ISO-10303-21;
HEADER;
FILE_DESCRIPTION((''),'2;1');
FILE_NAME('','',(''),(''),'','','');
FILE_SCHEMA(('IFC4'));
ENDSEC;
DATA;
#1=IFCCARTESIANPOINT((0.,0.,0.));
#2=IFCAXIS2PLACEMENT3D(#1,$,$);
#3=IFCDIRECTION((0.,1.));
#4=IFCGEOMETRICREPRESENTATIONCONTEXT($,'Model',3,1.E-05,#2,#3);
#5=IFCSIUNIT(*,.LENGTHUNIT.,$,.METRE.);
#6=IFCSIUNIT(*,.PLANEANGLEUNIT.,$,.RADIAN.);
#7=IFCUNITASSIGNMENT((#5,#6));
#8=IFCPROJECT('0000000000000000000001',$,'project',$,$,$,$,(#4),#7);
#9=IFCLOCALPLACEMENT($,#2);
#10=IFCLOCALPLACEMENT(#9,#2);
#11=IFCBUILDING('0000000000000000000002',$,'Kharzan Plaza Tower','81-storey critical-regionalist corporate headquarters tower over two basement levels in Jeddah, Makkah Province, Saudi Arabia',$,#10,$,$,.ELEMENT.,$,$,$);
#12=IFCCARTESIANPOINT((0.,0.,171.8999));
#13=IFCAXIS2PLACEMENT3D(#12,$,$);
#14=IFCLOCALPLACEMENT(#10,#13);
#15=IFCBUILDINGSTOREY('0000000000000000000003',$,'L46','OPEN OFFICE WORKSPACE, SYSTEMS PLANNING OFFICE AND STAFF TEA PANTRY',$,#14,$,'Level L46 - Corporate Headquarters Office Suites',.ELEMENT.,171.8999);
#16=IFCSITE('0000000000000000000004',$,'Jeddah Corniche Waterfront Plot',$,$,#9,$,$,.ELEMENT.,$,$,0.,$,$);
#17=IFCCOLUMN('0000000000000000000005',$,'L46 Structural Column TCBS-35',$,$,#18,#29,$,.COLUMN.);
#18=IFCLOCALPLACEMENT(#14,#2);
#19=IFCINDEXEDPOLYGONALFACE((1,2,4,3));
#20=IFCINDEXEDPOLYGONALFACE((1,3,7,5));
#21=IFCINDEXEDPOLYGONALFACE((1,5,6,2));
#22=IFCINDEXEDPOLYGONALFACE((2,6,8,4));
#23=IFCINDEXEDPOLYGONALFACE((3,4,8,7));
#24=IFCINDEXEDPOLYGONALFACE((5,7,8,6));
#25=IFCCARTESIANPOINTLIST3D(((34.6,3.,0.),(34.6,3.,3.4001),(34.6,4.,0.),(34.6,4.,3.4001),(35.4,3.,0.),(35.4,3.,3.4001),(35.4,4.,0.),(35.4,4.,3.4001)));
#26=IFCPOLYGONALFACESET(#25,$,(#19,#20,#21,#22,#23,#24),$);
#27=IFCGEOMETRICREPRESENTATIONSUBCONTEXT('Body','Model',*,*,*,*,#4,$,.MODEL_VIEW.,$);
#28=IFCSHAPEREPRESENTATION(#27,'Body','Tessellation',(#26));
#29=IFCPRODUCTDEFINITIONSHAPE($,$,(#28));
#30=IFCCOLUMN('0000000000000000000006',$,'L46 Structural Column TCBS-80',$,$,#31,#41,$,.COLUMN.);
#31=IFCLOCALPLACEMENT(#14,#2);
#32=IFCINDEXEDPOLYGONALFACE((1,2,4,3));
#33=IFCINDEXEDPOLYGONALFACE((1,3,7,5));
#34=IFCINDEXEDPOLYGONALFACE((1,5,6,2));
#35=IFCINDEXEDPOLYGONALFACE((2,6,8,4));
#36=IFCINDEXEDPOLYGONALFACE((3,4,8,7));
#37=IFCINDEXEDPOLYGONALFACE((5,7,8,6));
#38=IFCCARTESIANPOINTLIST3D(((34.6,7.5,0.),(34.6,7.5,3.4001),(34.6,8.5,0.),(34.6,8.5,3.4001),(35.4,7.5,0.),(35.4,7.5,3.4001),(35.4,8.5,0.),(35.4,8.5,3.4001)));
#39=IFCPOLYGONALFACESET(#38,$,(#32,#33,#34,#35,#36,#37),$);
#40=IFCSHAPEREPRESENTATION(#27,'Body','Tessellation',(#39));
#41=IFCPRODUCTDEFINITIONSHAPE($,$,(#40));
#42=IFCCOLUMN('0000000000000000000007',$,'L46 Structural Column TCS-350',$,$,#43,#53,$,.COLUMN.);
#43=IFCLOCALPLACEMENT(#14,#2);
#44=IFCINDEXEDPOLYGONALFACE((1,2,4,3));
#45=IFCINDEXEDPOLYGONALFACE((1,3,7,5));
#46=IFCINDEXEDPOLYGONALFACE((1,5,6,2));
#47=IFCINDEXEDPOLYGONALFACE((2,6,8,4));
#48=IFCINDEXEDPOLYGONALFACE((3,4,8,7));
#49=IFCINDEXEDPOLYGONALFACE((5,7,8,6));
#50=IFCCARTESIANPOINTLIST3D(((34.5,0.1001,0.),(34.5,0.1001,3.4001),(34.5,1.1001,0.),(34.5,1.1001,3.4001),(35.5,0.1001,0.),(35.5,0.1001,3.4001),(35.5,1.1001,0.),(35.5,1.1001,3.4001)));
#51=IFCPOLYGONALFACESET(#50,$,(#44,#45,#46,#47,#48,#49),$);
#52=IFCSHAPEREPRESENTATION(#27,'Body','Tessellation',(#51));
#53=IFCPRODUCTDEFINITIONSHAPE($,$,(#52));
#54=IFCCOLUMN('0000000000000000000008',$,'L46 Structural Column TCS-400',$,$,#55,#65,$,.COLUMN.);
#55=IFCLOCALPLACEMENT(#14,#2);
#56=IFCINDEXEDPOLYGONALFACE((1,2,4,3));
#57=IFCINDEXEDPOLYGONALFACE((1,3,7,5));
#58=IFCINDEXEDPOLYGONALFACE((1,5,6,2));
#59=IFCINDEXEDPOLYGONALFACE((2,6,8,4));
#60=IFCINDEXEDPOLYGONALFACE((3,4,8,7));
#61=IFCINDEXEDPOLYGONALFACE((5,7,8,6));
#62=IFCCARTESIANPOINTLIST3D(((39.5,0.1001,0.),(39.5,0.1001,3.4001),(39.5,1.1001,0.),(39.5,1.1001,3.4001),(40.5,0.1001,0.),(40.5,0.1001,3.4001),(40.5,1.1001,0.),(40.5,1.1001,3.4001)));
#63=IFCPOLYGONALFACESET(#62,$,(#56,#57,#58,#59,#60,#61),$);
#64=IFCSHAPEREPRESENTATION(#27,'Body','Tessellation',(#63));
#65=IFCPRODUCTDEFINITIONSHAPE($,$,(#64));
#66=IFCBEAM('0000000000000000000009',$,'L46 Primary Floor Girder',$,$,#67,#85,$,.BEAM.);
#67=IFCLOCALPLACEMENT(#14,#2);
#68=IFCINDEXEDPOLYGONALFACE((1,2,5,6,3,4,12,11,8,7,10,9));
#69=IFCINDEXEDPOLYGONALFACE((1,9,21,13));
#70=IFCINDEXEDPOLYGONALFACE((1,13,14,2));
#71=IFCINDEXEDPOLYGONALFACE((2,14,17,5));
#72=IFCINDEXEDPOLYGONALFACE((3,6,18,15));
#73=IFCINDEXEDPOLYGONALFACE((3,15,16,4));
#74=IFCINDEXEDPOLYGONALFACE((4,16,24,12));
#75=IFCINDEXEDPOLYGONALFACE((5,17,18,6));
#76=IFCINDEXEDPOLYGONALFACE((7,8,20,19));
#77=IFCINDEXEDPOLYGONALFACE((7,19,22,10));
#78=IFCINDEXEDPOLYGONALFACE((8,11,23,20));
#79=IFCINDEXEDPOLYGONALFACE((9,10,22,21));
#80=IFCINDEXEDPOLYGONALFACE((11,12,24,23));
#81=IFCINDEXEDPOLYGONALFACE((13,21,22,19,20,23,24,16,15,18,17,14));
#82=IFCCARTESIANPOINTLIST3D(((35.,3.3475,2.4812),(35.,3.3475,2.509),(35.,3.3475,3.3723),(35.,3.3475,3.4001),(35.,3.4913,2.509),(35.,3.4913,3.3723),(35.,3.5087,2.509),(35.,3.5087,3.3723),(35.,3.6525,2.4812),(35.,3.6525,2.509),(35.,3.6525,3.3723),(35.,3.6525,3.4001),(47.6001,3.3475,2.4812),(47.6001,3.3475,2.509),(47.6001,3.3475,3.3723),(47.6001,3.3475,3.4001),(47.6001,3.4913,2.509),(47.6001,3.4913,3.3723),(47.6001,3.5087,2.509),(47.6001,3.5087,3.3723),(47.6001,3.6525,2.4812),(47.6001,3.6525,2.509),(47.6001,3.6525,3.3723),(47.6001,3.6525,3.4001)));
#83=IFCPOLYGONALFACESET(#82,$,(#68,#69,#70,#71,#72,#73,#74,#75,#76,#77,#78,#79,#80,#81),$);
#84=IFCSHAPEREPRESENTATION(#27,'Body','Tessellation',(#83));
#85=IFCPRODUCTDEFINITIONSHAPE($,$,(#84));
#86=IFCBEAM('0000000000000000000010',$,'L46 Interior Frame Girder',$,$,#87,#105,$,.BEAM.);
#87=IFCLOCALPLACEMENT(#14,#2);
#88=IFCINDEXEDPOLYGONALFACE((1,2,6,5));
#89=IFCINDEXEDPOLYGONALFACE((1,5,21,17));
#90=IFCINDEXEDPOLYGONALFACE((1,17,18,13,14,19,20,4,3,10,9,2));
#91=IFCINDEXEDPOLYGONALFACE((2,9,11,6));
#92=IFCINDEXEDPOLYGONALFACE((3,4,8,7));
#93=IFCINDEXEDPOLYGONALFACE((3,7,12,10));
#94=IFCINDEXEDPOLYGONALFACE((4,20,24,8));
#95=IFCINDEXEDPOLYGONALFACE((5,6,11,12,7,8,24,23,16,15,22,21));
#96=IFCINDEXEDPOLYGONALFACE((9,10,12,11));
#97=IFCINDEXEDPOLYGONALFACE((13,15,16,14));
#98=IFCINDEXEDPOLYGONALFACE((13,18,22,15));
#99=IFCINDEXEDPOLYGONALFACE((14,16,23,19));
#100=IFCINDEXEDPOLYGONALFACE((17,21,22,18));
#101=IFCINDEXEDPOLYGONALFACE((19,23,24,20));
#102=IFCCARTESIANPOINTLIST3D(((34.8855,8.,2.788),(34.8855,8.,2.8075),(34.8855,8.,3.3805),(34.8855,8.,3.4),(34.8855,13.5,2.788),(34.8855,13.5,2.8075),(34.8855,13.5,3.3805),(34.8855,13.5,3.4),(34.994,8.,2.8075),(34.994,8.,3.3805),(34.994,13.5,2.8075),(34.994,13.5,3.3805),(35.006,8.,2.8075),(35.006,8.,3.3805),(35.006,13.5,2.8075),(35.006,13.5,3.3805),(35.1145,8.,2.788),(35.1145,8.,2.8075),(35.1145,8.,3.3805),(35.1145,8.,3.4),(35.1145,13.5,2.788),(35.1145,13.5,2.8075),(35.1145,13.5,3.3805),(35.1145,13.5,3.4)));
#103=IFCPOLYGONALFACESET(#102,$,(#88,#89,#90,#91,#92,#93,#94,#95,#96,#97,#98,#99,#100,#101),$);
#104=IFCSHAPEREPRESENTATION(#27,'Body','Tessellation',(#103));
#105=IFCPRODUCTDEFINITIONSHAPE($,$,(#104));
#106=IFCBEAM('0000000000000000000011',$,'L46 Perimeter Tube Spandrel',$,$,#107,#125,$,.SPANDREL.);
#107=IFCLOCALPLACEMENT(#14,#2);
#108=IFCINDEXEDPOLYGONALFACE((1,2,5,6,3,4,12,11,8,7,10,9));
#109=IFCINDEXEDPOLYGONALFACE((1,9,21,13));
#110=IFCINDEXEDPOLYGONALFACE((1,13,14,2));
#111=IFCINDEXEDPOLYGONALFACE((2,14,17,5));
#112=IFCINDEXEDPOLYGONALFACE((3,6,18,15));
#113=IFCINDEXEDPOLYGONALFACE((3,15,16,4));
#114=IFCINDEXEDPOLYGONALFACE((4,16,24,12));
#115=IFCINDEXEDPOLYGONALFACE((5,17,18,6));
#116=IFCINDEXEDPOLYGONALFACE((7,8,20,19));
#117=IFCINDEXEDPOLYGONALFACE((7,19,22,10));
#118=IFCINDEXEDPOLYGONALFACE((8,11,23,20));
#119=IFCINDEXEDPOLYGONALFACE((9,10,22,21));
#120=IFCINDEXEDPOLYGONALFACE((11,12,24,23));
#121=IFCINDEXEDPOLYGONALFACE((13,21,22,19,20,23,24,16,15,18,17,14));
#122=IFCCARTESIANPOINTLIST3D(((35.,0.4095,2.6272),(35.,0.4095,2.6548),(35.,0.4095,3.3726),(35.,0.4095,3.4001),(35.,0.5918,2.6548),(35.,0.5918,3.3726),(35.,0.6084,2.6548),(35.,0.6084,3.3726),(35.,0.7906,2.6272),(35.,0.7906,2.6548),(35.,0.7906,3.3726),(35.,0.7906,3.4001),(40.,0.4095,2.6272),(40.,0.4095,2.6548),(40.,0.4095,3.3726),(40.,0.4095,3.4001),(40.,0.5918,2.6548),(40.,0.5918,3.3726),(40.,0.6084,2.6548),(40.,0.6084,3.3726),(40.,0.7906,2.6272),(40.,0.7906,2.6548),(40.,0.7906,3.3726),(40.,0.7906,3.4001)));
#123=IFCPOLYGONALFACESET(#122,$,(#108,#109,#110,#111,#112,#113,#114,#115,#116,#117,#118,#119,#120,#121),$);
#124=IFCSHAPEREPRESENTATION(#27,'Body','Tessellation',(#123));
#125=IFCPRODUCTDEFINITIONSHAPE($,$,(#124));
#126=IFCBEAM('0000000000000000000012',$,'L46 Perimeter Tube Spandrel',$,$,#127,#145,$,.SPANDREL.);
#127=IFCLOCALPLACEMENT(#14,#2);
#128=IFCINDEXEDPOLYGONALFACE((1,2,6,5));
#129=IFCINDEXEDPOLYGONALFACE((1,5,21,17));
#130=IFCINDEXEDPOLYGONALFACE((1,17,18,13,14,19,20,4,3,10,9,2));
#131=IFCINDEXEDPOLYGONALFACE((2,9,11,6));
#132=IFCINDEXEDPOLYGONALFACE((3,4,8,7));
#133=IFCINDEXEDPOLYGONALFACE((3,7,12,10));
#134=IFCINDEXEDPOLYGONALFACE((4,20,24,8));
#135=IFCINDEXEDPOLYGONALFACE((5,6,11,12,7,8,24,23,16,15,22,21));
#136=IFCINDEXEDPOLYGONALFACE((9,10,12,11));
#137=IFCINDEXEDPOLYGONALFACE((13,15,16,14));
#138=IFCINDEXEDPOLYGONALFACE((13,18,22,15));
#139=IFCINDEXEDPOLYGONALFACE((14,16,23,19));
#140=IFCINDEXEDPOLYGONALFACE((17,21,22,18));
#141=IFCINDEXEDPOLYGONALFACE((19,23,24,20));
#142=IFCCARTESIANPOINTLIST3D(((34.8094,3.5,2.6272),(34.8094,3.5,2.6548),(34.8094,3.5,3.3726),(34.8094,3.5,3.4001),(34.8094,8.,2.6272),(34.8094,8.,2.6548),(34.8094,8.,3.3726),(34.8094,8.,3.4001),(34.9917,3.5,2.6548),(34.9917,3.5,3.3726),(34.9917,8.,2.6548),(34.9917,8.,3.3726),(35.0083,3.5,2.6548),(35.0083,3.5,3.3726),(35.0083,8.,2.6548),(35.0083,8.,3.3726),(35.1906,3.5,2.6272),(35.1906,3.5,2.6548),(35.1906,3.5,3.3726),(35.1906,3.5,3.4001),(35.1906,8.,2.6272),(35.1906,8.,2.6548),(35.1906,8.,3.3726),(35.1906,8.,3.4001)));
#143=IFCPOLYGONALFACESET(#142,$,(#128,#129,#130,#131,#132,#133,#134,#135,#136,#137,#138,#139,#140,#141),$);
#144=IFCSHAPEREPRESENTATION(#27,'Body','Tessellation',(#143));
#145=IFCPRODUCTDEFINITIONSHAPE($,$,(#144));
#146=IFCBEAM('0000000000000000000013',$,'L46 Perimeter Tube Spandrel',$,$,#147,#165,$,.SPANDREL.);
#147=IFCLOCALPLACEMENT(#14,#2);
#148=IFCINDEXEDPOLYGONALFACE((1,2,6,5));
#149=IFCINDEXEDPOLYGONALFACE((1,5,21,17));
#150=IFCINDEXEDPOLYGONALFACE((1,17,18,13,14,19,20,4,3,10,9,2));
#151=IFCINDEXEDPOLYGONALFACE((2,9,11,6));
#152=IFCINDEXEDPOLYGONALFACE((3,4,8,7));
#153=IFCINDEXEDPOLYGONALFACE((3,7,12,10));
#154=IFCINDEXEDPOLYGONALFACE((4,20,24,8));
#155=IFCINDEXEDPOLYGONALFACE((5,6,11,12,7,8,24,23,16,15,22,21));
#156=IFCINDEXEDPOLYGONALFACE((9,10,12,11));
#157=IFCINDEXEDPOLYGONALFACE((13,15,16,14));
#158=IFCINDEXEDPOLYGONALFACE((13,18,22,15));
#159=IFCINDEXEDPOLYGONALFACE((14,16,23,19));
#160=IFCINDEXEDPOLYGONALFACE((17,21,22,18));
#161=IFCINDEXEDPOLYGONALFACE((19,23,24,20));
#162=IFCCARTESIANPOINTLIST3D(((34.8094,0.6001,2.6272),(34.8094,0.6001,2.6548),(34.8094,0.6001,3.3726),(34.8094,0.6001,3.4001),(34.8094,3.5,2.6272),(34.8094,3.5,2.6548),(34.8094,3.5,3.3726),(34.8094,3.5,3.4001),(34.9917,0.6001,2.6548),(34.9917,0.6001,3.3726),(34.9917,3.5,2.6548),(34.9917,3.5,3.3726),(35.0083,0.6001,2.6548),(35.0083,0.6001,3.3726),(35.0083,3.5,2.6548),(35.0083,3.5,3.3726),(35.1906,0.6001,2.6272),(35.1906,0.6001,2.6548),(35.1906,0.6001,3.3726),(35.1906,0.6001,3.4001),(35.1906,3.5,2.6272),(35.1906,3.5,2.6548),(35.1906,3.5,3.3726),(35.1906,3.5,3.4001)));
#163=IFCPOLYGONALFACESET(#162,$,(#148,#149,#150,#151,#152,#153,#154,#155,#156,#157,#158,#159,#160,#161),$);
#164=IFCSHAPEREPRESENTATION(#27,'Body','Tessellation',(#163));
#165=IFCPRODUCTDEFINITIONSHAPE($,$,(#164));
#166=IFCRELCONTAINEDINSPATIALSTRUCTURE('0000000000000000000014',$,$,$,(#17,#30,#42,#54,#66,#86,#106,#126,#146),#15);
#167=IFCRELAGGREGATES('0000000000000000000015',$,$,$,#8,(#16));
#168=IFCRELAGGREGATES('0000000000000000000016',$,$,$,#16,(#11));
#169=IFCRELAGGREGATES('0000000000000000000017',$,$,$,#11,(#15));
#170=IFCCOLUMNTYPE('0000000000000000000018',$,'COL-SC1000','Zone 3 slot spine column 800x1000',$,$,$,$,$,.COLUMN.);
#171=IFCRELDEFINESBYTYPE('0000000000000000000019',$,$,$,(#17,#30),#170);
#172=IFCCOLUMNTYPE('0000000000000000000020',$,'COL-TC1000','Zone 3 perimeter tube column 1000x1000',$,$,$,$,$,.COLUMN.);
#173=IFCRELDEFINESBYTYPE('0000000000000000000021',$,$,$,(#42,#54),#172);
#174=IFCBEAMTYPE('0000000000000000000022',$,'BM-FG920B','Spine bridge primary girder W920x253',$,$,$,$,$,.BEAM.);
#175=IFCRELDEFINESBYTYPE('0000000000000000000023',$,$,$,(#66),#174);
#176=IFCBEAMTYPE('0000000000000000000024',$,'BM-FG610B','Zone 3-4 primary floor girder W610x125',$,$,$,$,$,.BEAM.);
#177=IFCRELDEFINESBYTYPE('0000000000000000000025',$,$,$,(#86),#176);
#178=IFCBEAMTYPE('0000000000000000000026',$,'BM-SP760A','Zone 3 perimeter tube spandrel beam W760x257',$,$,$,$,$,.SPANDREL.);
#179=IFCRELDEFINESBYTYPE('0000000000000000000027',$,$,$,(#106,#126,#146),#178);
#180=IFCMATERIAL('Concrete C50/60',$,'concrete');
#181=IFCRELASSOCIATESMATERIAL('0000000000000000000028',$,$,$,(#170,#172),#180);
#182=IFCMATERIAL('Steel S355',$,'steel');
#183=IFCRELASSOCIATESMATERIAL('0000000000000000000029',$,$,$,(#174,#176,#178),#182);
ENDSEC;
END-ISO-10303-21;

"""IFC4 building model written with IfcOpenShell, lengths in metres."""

from ifc_helpers import new_model, si_unit, direction, frame, origin, origin_2d, place, context, subcontext, project, spatial, rectangle, i_section, extrude, source, transform, mapped, material, material_profile, profile_set, type_object, element, save


model = new_model("IFC4")

# Units and contexts
model_context = context("Model", 3, precision=1e-05, world=origin(), true_north=direction((0.0, 1.0)))
body_context = subcontext(model_context, "Body", "Model", "MODEL_VIEW")
ifc_project = project(units=[si_unit("LENGTHUNIT", "METRE"), si_unit("PLANEANGLEUNIT", "RADIAN")], contexts=[model_context])

# Site, building, storey
site_placement = place(None, origin())
site = spatial("IfcSite", under=ifc_project, at=site_placement, Name="Jeddah Corniche Waterfront Plot", CompositionType="ELEMENT", RefElevation=0.0)
building_placement = place(site_placement, origin())
building = spatial("IfcBuilding", under=site, at=building_placement, Name="Kharzan Plaza Tower", Description="81-storey critical-regionalist corporate headquarters tower over two basement levels in Jeddah, Makkah Province, Saudi Arabia", CompositionType="ELEMENT")
storey_placement = place(building_placement, frame((0.0, 0.0, 171.8999)))
storey = spatial("IfcBuildingStorey", under=building, at=storey_placement, Name="L46", Description="OPEN OFFICE WORKSPACE, SYSTEMS PLANNING OFFICE AND STAFF TEA PANTRY", LongName="Level L46 - Corporate Headquarters Office Suites", CompositionType="ELEMENT", Elevation=171.8999)

# Columns
ifc_material_1 = material(Name="Concrete C50/60", Category="concrete")
ifc_material_profile_1 = material_profile(ifc_material_1, rectangle(XDim=0.8, YDim=1.0, at=origin_2d()), Name="RC-SC1000x800")
ifc_profile_set_1 = profile_set([ifc_material_profile_1], Name="Concrete C50/60")
column_type_1 = type_object("IfcColumnType", Name="COL-SC1000", Description="Zone 3 slot spine column 800x1000", PredefinedType="COLUMN", material=ifc_profile_set_1)
shared_shape_1 = source(origin(), body_context, "Body", "SweptSolid", [
    extrude(rectangle(XDim=0.8, YDim=1.0, at=origin_2d()), origin(), (0.0, 0.0, 1.0), 3.4001),
])
for number, where, z_axis, x_axis, name in (
    (1, (35.0, 3.5, 0.0), (0.0, 0.0, 1.0), (1.0, 0.0, 0.0), "L46 Structural Column TCBS-35"),
    (2, (35.0, 8.0, 0.0), (0.0, 0.0, 1.0), (1.0, 0.0, 0.0), "L46 Structural Column TCBS-80"),
):
    element("IfcColumn", number, at=place(storey_placement, frame(where, z_axis=z_axis, x_axis=x_axis)), inside=storey, type_object=column_type_1, Name=name, PredefinedType="COLUMN", context=body_context, shape_type="MappedRepresentation", body=[
        mapped(shared_shape_1, transform((0.0, 0.0, 0.0), x_axis=(1.0, 0.0, 0.0), y_axis=(0.0, 1.0, 0.0), z_axis=(0.0, 0.0, 1.0))),
    ])
ifc_material_profile_2 = material_profile(ifc_material_1, rectangle(XDim=1.0, YDim=1.0, at=origin_2d()), Name="RC-TC1000x1000")
ifc_profile_set_2 = profile_set([ifc_material_profile_2], Name="Concrete C50/60")
column_type_2 = type_object("IfcColumnType", Name="COL-TC1000", Description="Zone 3 perimeter tube column 1000x1000", PredefinedType="COLUMN", material=ifc_profile_set_2)
shared_shape_2 = source(origin(), body_context, "Body", "SweptSolid", [
    extrude(rectangle(XDim=1.0, YDim=1.0, at=origin_2d()), origin(), (0.0, 0.0, 1.0), 3.4001),
])
for number, where, z_axis, x_axis, name in (
    (3, (35.0, 0.6001, 0.0), (0.0, 0.0, 1.0), (1.0, 0.0, 0.0), "L46 Structural Column TCS-350"),
    (4, (40.0, 0.6001, 0.0), (0.0, 0.0, 1.0), (1.0, 0.0, 0.0), "L46 Structural Column TCS-400"),
):
    element("IfcColumn", number, at=place(storey_placement, frame(where, z_axis=z_axis, x_axis=x_axis)), inside=storey, type_object=column_type_2, Name=name, PredefinedType="COLUMN", context=body_context, shape_type="MappedRepresentation", body=[
        mapped(shared_shape_2, transform((0.0, 0.0, 0.0), x_axis=(1.0, 0.0, 0.0), y_axis=(0.0, 1.0, 0.0), z_axis=(0.0, 0.0, 1.0))),
    ])

# Beams
ifc_material_2 = material(Name="Steel S355", Category="steel")
ifc_material_profile_3 = material_profile(ifc_material_2, i_section(OverallWidth=0.3049, OverallDepth=0.9189, WebThickness=0.0173, FlangeThickness=0.0278, at=origin_2d()), Name="W920x253")
ifc_profile_set_3 = profile_set([ifc_material_profile_3], Name="Steel S355")
beam_type_1 = type_object("IfcBeamType", Name="BM-FG920B", Description="Spine bridge primary girder W920x253", PredefinedType="BEAM", material=ifc_profile_set_3)
shared_shape_3 = source(origin(), body_context, "Body", "SweptSolid", [
    extrude(i_section(OverallWidth=0.3049, OverallDepth=0.9189, WebThickness=0.0173, FlangeThickness=0.0278, at=origin_2d()), origin(), (0.0, 0.0, 1.0), 12.6001),
])
beam_1_placement = place(storey_placement, frame((35.0, 3.5, 2.9407), z_axis=(1.0, 0.0, 0.0), x_axis=(0.0, 1.0, 0.0)))
element("IfcBeam", 5, at=beam_1_placement, inside=storey, type_object=beam_type_1, Name="L46 Primary Floor Girder", PredefinedType="BEAM", context=body_context, shape_type="MappedRepresentation", body=[
    mapped(shared_shape_3, transform((0.0, 0.0, 0.0), x_axis=(1.0, 0.0, 0.0), y_axis=(0.0, 1.0, 0.0), z_axis=(0.0, 0.0, 1.0))),
])
ifc_material_profile_4 = material_profile(ifc_material_2, i_section(OverallWidth=0.229, OverallDepth=0.6121, WebThickness=0.012, FlangeThickness=0.0195, at=origin_2d()), Name="W610x125")
ifc_profile_set_4 = profile_set([ifc_material_profile_4], Name="Steel S355")
beam_type_2 = type_object("IfcBeamType", Name="BM-FG610B", Description="Zone 3-4 primary floor girder W610x125", PredefinedType="BEAM", material=ifc_profile_set_4)
shared_shape_4 = source(origin(), body_context, "Body", "SweptSolid", [
    extrude(i_section(OverallWidth=0.229, OverallDepth=0.6121, WebThickness=0.012, FlangeThickness=0.0195, at=origin_2d()), origin(), (0.0, 0.0, 1.0), 5.5),
])
beam_2_placement = place(storey_placement, frame((35.0, 8.0, 3.094), z_axis=(0.0, 1.0, 0.0), x_axis=(-1.0, 0.0, 0.0)))
element("IfcBeam", 6, at=beam_2_placement, inside=storey, type_object=beam_type_2, Name="L46 Interior Frame Girder", PredefinedType="BEAM", context=body_context, shape_type="MappedRepresentation", body=[
    mapped(shared_shape_4, transform((0.0, 0.0, 0.0), x_axis=(1.0, 0.0, 0.0), y_axis=(0.0, 1.0, 0.0), z_axis=(0.0, 0.0, 1.0))),
])
ifc_material_profile_5 = material_profile(ifc_material_2, i_section(OverallWidth=0.3811, OverallDepth=0.7729, WebThickness=0.0166, FlangeThickness=0.0276, at=origin_2d()), Name="W760x257")
ifc_profile_set_5 = profile_set([ifc_material_profile_5], Name="Steel S355")
beam_type_3 = type_object("IfcBeamType", Name="BM-SP760A", Description="Zone 3 perimeter tube spandrel beam W760x257", PredefinedType="SPANDREL", material=ifc_profile_set_5)
shared_shape_5 = source(origin(), body_context, "Body", "SweptSolid", [
    extrude(i_section(OverallWidth=0.3811, OverallDepth=0.7729, WebThickness=0.0166, FlangeThickness=0.0276, at=origin_2d()), origin(), (0.0, 0.0, 1.0), 5.0),
])
beam_3_placement = place(storey_placement, frame((35.0, 0.6001, 3.0137), z_axis=(1.0, 0.0, 0.0), x_axis=(0.0, 1.0, 0.0)))
element("IfcBeam", 7, at=beam_3_placement, inside=storey, type_object=beam_type_3, Name="L46 Perimeter Tube Spandrel", PredefinedType="SPANDREL", context=body_context, shape_type="MappedRepresentation", body=[
    mapped(shared_shape_5, transform((0.0, 0.0, 0.0), x_axis=(1.0, 0.0, 0.0), y_axis=(0.0, 1.0, 0.0), z_axis=(0.0, 0.0, 1.0))),
])
shared_shape_6 = source(origin(), body_context, "Body", "SweptSolid", [
    extrude(i_section(OverallWidth=0.3811, OverallDepth=0.7729, WebThickness=0.0166, FlangeThickness=0.0276, at=origin_2d()), origin(), (0.0, 0.0, 1.0), 4.5),
])
beam_4_placement = place(storey_placement, frame((35.0, 3.5, 3.0137), z_axis=(0.0, 1.0, 0.0), x_axis=(-1.0, 0.0, 0.0)))
element("IfcBeam", 8, at=beam_4_placement, inside=storey, type_object=beam_type_3, Name="L46 Perimeter Tube Spandrel", PredefinedType="SPANDREL", context=body_context, shape_type="MappedRepresentation", body=[
    mapped(shared_shape_6, transform((0.0, 0.0, 0.0), x_axis=(1.0, 0.0, 0.0), y_axis=(0.0, 1.0, 0.0), z_axis=(0.0, 0.0, 1.0))),
])
shared_shape_7 = source(origin(), body_context, "Body", "SweptSolid", [
    extrude(i_section(OverallWidth=0.3811, OverallDepth=0.7729, WebThickness=0.0166, FlangeThickness=0.0276, at=origin_2d()), origin(), (0.0, 0.0, 1.0), 2.8999),
])
beam_5_placement = place(storey_placement, frame((35.0, 0.6001, 3.0137), z_axis=(0.0, 1.0, 0.0), x_axis=(-1.0, 0.0, 0.0)))
element("IfcBeam", 9, at=beam_5_placement, inside=storey, type_object=beam_type_3, Name="L46 Perimeter Tube Spandrel", PredefinedType="SPANDREL", context=body_context, shape_type="MappedRepresentation", body=[
    mapped(shared_shape_7, transform((0.0, 0.0, 0.0), x_axis=(1.0, 0.0, 0.0), y_axis=(0.0, 1.0, 0.0), z_axis=(0.0, 0.0, 1.0))),
])

save(model, "model.ifc")
